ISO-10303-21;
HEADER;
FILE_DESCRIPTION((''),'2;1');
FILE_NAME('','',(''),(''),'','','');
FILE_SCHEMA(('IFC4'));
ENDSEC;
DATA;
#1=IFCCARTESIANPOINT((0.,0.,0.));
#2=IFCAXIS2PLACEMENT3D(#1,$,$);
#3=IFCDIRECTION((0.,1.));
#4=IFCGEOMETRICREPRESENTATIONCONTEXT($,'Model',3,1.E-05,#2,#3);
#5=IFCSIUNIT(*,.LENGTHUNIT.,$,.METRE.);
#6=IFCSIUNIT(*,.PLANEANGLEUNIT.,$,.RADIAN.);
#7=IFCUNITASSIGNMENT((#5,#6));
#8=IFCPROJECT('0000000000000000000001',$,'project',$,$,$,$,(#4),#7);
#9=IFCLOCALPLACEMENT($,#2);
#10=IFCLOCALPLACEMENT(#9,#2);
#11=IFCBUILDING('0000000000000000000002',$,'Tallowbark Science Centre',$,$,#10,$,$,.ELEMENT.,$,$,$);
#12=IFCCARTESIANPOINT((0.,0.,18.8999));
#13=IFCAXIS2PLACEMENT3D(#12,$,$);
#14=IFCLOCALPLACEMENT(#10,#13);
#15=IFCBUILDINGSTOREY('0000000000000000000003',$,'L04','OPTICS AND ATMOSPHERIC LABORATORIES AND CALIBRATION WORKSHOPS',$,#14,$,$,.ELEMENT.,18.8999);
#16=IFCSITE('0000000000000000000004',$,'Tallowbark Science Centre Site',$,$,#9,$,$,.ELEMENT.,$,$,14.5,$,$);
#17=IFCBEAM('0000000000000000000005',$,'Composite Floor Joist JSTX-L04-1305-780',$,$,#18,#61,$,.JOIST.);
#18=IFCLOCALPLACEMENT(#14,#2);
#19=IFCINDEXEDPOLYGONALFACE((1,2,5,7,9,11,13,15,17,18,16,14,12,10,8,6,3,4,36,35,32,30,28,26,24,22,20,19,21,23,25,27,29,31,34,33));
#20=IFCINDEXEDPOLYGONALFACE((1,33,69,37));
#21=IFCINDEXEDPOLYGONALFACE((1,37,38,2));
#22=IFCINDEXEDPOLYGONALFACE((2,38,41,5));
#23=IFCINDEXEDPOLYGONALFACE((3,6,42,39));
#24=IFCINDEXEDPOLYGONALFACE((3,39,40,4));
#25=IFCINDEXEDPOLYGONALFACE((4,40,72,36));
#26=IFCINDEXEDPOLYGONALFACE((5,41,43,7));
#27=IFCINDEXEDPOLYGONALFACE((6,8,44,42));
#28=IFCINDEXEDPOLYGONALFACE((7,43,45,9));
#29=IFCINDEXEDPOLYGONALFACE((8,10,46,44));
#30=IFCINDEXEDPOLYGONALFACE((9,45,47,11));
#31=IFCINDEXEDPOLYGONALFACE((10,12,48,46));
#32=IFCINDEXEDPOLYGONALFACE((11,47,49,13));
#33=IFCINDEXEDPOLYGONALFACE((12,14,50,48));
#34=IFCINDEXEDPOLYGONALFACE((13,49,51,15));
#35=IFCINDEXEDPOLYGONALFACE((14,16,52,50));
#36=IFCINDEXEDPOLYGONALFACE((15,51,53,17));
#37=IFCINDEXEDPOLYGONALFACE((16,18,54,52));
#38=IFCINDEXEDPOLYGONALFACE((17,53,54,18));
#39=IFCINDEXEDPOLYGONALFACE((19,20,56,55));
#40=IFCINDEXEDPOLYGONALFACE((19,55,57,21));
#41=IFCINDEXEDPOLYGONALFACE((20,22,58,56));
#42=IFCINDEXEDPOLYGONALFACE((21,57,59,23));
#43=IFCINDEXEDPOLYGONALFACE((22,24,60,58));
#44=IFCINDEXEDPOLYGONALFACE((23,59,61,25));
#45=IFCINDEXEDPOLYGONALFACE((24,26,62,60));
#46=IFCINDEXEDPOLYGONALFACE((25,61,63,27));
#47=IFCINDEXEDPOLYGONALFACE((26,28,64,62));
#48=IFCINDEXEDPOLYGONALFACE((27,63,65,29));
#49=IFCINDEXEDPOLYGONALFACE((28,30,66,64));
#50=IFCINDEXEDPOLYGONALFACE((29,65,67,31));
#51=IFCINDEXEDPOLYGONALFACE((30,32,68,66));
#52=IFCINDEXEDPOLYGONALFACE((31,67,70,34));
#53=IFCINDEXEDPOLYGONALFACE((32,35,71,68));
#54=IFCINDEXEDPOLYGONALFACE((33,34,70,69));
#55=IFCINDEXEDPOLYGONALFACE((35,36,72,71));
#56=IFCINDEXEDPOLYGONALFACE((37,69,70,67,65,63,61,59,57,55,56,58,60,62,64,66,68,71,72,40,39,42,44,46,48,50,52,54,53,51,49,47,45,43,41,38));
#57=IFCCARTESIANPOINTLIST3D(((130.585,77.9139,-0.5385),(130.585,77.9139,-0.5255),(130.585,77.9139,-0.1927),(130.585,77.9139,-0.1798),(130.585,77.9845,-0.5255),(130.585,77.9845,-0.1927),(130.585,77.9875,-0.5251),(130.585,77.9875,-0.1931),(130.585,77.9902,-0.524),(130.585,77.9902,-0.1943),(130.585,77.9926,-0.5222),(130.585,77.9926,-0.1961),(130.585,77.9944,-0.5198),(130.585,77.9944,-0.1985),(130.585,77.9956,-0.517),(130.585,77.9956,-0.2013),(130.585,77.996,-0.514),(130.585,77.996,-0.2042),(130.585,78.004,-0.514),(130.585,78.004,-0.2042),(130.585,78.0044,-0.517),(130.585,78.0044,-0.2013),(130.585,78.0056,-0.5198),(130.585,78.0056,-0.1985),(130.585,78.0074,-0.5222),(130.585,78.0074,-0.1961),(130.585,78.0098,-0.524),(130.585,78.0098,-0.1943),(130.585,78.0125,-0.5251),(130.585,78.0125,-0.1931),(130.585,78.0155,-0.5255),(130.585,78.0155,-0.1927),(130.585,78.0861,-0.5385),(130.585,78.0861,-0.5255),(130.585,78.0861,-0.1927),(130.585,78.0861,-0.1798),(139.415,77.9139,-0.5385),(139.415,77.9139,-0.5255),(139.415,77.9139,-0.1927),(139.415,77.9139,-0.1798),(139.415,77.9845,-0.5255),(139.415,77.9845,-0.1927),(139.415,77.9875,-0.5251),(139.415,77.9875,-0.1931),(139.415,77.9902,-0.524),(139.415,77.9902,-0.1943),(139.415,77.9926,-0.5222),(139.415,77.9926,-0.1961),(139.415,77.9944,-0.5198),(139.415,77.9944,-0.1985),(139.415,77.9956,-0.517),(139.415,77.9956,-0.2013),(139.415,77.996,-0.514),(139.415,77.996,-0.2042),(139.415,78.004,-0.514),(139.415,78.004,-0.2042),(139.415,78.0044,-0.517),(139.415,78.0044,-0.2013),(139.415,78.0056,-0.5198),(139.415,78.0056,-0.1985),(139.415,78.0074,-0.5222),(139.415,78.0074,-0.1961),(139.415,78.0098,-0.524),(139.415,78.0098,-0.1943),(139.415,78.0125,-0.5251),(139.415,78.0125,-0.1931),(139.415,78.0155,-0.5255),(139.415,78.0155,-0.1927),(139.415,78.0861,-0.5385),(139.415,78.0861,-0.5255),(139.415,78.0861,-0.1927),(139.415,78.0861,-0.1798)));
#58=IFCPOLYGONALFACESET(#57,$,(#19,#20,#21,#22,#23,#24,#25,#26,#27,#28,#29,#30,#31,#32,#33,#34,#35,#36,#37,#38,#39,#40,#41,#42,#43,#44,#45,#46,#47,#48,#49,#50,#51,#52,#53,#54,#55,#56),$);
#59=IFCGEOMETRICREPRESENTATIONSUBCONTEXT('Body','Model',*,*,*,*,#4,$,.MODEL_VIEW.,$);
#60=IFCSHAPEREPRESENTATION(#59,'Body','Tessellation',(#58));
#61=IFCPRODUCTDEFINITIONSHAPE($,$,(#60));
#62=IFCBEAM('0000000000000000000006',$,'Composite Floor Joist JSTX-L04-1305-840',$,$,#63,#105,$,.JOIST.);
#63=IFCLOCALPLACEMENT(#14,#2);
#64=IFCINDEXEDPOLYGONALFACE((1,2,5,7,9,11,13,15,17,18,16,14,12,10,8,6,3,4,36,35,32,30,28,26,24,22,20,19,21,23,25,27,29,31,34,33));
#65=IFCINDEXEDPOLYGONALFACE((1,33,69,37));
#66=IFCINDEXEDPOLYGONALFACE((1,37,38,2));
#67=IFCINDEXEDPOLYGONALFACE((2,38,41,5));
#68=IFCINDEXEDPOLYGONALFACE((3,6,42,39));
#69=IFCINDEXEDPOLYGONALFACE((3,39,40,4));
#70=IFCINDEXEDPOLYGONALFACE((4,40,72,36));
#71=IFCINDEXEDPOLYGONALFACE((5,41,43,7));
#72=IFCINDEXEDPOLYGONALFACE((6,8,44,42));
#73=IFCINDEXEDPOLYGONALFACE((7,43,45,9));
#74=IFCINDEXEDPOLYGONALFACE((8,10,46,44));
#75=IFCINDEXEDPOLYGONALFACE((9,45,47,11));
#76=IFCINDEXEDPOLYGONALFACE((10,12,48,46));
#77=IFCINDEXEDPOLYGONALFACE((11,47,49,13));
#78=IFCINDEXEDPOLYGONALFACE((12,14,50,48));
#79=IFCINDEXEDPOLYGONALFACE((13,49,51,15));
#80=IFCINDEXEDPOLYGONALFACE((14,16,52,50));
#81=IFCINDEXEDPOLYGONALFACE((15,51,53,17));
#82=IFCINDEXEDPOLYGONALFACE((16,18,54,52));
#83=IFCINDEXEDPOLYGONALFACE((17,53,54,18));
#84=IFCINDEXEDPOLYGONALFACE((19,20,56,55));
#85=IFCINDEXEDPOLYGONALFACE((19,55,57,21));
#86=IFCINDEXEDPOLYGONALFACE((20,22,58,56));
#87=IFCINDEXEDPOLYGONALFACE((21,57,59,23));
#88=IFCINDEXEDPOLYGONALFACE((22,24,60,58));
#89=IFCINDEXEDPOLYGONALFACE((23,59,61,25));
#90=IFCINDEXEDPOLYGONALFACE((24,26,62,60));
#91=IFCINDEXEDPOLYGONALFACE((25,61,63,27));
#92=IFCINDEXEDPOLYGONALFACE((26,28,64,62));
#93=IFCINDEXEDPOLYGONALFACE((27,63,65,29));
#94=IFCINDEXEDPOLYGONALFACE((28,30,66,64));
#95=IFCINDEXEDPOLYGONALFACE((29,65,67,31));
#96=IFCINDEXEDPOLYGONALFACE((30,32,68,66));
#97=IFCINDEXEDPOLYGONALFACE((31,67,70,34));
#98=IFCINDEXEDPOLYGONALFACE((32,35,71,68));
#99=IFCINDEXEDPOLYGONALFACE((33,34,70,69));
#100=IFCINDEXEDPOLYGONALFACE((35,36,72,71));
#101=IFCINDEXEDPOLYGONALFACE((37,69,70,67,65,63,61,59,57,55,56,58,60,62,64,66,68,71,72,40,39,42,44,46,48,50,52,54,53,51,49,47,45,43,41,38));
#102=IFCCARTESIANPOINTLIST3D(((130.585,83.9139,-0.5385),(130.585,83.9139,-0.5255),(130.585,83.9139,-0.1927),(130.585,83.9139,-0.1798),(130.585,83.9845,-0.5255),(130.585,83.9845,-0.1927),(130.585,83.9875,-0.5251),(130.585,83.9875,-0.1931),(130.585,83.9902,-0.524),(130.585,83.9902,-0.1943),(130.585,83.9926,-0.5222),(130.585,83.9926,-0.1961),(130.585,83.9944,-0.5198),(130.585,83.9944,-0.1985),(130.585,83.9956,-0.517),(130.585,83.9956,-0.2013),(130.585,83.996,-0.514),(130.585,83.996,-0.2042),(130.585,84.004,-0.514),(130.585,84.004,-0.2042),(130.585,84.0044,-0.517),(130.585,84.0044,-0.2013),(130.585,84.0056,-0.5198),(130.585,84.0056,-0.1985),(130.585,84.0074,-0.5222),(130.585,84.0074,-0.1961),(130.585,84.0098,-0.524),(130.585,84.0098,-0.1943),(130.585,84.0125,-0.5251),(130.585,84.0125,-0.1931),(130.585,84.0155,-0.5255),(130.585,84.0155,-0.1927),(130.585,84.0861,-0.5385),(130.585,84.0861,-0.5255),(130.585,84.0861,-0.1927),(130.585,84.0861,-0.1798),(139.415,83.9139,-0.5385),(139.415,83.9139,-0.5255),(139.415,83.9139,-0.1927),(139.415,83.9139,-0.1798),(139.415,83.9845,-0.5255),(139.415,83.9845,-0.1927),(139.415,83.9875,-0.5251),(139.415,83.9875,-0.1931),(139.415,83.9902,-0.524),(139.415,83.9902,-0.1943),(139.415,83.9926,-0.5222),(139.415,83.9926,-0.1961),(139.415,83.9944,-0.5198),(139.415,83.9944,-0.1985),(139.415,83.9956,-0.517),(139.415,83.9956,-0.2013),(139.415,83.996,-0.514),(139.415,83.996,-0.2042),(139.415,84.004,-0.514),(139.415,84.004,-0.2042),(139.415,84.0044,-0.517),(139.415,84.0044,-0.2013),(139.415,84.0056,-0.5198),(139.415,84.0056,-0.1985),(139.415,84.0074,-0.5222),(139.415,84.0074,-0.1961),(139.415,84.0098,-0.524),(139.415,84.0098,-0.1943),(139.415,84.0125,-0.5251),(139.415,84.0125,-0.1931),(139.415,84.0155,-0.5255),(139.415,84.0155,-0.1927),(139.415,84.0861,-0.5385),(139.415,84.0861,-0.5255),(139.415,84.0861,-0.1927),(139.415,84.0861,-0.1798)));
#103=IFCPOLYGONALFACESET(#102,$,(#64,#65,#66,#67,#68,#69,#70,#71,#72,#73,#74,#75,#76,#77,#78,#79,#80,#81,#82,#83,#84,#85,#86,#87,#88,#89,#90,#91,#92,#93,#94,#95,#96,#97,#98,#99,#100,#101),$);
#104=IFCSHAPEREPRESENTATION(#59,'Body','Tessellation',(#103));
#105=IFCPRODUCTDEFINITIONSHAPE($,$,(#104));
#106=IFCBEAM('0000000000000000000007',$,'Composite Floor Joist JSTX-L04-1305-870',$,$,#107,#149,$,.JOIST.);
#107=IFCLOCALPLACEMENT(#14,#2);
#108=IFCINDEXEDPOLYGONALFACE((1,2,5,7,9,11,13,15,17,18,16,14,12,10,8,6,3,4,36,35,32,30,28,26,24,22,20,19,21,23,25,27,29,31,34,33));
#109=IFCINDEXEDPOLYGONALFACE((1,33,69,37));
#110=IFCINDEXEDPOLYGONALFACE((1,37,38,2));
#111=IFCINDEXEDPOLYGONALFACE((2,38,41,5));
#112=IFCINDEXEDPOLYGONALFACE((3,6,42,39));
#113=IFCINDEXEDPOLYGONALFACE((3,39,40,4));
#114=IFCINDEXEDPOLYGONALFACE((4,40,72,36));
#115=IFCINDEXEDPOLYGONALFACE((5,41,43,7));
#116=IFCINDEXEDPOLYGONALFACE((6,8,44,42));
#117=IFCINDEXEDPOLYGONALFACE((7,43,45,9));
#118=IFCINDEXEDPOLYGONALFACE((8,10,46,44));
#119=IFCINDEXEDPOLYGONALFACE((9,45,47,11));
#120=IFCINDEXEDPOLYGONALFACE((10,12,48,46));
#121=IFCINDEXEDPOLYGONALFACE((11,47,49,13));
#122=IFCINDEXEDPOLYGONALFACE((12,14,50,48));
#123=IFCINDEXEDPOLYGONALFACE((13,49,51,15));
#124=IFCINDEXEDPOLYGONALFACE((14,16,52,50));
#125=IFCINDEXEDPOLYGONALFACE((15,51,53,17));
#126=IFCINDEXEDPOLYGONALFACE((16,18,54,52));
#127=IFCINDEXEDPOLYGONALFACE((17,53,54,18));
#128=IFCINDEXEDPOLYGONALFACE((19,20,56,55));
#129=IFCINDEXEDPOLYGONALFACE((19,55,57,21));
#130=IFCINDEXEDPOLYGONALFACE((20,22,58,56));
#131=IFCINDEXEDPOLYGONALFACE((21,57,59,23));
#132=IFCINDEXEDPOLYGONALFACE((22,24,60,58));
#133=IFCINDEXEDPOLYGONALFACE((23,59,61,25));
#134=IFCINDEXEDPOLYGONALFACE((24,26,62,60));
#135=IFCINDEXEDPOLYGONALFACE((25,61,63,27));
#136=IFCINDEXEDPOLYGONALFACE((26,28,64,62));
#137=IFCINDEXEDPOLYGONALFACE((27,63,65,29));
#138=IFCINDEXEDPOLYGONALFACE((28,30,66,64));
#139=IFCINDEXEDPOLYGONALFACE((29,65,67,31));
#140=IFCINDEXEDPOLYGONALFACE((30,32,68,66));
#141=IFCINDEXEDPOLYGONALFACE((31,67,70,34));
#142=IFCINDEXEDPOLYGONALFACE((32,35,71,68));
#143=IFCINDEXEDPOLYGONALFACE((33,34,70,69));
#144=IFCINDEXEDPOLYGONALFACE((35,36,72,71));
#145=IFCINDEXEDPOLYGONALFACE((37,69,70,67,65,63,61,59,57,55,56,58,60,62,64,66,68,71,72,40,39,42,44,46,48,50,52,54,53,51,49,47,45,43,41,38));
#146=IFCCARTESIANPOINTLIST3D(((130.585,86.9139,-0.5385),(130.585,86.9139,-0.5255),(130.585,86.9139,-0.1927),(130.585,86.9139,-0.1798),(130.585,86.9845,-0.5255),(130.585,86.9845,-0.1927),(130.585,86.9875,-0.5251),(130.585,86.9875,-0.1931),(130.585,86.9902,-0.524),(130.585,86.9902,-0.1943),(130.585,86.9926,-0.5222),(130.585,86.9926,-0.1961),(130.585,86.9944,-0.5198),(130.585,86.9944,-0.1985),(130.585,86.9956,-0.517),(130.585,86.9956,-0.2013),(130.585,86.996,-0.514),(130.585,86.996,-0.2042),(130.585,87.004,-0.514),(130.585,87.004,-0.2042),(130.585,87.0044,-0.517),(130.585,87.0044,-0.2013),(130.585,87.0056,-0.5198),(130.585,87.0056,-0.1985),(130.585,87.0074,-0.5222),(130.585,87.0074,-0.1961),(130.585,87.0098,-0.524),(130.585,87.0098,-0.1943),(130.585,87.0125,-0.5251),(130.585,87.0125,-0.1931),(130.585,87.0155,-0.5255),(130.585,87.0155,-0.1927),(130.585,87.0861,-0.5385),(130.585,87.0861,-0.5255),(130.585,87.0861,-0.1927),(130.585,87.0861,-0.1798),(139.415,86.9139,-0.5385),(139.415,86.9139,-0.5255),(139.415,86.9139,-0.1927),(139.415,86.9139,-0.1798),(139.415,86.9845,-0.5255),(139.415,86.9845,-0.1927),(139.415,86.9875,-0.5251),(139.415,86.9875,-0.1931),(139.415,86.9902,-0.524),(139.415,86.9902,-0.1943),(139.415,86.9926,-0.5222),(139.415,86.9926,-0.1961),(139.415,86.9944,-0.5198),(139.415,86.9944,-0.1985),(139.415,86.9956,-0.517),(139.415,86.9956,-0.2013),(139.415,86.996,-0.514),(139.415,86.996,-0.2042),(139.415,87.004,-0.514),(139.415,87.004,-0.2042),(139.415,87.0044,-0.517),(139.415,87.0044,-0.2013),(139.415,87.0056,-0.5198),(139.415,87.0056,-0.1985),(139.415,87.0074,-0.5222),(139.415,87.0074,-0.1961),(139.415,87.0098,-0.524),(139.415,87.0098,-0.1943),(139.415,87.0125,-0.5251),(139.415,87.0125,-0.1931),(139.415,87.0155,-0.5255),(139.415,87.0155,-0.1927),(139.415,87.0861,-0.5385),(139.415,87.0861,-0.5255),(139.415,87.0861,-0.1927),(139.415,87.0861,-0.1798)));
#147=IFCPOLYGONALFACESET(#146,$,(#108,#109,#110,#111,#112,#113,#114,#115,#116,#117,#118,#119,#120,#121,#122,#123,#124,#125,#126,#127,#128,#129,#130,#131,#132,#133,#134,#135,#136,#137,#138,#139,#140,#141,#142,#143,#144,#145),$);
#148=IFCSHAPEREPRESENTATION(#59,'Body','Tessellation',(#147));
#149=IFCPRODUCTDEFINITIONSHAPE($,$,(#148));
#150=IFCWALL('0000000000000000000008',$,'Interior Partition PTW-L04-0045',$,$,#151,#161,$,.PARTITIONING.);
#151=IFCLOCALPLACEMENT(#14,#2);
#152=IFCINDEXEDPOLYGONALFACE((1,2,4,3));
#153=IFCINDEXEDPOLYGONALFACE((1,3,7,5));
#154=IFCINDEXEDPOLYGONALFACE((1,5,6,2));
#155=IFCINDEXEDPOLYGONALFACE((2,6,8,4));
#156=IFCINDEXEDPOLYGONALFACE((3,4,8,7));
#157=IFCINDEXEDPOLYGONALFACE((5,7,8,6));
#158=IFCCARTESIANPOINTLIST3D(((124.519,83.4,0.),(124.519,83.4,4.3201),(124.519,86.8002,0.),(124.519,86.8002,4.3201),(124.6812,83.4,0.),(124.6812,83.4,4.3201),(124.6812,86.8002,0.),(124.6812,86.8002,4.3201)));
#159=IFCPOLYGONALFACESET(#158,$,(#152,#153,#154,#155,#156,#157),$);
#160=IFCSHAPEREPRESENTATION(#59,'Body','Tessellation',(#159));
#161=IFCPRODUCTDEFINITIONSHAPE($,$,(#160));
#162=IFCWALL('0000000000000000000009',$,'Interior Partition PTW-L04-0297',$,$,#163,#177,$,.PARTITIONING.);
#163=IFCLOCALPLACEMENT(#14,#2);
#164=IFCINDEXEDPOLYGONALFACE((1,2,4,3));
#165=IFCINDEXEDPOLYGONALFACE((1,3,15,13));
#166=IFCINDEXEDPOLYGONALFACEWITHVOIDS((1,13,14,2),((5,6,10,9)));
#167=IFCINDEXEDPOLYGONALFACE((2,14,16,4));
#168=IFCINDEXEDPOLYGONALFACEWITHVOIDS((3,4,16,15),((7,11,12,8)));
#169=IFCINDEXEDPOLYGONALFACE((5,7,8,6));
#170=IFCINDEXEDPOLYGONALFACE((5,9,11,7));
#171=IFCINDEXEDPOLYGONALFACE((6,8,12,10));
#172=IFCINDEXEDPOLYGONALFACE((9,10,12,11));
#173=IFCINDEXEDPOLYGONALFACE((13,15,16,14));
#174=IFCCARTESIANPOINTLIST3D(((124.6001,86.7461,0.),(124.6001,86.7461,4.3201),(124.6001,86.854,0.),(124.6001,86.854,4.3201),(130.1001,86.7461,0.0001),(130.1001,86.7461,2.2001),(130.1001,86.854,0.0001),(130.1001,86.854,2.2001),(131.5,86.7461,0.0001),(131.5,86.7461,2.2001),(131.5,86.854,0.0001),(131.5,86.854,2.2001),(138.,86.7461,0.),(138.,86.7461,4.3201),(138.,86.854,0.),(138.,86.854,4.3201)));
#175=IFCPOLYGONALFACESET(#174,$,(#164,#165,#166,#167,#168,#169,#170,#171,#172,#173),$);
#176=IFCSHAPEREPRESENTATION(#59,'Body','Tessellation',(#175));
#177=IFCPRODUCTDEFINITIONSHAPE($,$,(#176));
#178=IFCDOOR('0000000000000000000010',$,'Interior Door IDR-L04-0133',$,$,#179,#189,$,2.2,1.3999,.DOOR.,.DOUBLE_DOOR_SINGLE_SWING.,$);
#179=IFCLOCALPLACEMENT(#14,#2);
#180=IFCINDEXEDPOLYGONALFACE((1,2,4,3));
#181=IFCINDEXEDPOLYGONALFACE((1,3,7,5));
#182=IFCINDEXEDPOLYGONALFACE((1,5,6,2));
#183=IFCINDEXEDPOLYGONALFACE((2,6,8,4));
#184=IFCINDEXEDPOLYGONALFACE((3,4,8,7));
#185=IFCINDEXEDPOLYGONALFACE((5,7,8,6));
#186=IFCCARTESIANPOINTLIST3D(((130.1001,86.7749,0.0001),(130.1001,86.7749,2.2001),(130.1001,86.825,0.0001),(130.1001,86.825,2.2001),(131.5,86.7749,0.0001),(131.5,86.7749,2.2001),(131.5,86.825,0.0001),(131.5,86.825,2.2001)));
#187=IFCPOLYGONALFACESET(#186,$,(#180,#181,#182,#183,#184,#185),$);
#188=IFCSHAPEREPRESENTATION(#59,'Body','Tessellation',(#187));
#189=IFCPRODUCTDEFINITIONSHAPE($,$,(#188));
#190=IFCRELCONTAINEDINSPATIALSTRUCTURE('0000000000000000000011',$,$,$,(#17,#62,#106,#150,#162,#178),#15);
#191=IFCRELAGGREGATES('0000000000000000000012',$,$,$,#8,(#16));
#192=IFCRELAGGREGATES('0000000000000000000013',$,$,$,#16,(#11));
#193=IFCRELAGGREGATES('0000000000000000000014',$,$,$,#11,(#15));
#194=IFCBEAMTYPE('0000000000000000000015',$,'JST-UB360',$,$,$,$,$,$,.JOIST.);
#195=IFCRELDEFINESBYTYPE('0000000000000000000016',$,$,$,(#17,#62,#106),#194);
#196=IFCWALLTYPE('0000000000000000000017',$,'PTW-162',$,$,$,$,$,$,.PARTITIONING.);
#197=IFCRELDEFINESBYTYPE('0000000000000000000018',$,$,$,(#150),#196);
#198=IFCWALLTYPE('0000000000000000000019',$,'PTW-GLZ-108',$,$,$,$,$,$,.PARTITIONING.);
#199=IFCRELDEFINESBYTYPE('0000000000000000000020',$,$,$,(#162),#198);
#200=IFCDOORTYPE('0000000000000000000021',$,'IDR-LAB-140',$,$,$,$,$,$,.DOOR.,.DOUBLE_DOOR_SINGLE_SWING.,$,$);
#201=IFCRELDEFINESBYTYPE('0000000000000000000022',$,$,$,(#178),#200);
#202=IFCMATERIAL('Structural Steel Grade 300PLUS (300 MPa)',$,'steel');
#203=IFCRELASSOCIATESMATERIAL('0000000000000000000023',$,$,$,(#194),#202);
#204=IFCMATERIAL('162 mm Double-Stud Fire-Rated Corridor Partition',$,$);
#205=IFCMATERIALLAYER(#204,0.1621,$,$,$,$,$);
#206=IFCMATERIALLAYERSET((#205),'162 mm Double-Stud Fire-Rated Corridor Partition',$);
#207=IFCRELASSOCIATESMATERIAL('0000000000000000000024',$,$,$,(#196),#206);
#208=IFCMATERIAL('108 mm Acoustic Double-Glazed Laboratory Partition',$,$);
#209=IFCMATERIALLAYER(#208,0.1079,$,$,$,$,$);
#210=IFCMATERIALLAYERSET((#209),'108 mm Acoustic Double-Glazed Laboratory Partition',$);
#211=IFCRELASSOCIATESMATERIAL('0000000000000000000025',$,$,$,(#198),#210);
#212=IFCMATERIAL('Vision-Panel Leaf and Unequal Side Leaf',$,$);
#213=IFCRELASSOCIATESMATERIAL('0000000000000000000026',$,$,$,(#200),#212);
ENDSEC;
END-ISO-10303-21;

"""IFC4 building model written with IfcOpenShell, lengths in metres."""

from ifc_helpers import new_model, si_unit, direction, frame, frame_2d, origin, origin_2d, place, context, subcontext, project, spatial, rectangle, i_section, extrude, material, layer, layer_set, material_profile, profile_set, type_object, element, fill, save


model = new_model("IFC4")

# Units and contexts
model_context = context("Model", 3, precision=1e-05, world=origin(), true_north=direction((0.0, 1.0)))
body_context = subcontext(model_context, "Body", "Model", "MODEL_VIEW")
ifc_project = project(units=[si_unit("LENGTHUNIT", "METRE"), si_unit("PLANEANGLEUNIT", "RADIAN")], contexts=[model_context])

# Site, building, storey
site_placement = place(None, origin())
site = spatial("IfcSite", under=ifc_project, at=site_placement, Name="Tallowbark Science Centre Site", CompositionType="ELEMENT", RefElevation=14.5)
building_placement = place(site_placement, origin())
building = spatial("IfcBuilding", under=site, at=building_placement, Name="Tallowbark Science Centre", CompositionType="ELEMENT")
storey_placement = place(building_placement, frame((0.0, 0.0, 18.8999)))
storey = spatial("IfcBuildingStorey", under=building, at=storey_placement, Name="L04", Description="OPTICS AND ATMOSPHERIC LABORATORIES AND CALIBRATION WORKSHOPS", CompositionType="ELEMENT", Elevation=18.8999)

# Shared definitions
ifc_material_1 = material(Name="Structural Steel Grade 300PLUS (300 MPa)", Category="steel")

# Beams
ifc_material_profile_1 = material_profile(ifc_material_1, i_section(OverallWidth=0.1721, OverallDepth=0.3586, WebThickness=0.0081, FlangeThickness=0.0129, FilletRadius=0.0115, at=origin_2d()), Name="360UB56.7")
ifc_profile_set_1 = profile_set([ifc_material_profile_1], Name="Structural Steel Grade 300PLUS (300 MPa)")
beam_type_1 = type_object("IfcBeamType", Name="JST-UB360", PredefinedType="JOIST", material=ifc_profile_set_1)
for number, where, z_axis, x_axis, name in (
    (1, (130.585, 78.0, -0.3591), (1.0, 0.0, 0.0), (0.0, 1.0, 0.0), "Composite Floor Joist JSTX-L04-1305-780"),
    (2, (130.585, 84.0, -0.3591), (1.0, 0.0, 0.0), (0.0, 1.0, 0.0), "Composite Floor Joist JSTX-L04-1305-840"),
    (3, (130.585, 87.0, -0.3591), (1.0, 0.0, 0.0), (0.0, 1.0, 0.0), "Composite Floor Joist JSTX-L04-1305-870"),
):
    element("IfcBeam", number, at=place(storey_placement, frame(where, z_axis=z_axis, x_axis=x_axis)), inside=storey, type_object=beam_type_1, Name=name, PredefinedType="JOIST", context=body_context, shape_type="SweptSolid", body=[
        extrude(i_section(OverallWidth=0.1721, OverallDepth=0.3586, WebThickness=0.0081, FlangeThickness=0.0129, FilletRadius=0.0115, at=origin_2d()), origin(), (0.0, 0.0, 1.0), 8.8301),
    ])

# Wall
ifc_material_2 = material(Name="162 mm Double-Stud Fire-Rated Corridor Partition")
ifc_layer_1 = layer(ifc_material_2, 0.1621)
ifc_layer_set_1 = layer_set([ifc_layer_1], Name="162 mm Double-Stud Fire-Rated Corridor Partition")
wall_type_1 = type_object("IfcWallType", Name="PTW-162", PredefinedType="PARTITIONING", material=ifc_layer_set_1)
wall_1_placement = place(storey_placement, frame((124.6001, 83.3999, 0.0), z_axis=(0.0, 0.0, 1.0), x_axis=(0.0, 1.0, 0.0)))
element("IfcWall", 4, at=wall_1_placement, inside=storey, type_object=wall_type_1, Name="Interior Partition PTW-L04-0045", PredefinedType="PARTITIONING", context=body_context, shape_type="SweptSolid", body=[
    extrude(rectangle(XDim=3.4001, YDim=0.1621, at=frame_2d((1.7002, 0.0))), origin(), (0.0, 0.0, 1.0), 4.3201),
])

# Wall, opening, door
ifc_material_3 = material(Name="108 mm Acoustic Double-Glazed Laboratory Partition")
ifc_layer_2 = layer(ifc_material_3, 0.1079)
ifc_layer_set_2 = layer_set([ifc_layer_2], Name="108 mm Acoustic Double-Glazed Laboratory Partition")
wall_type_2 = type_object("IfcWallType", Name="PTW-GLZ-108", PredefinedType="PARTITIONING", material=ifc_layer_set_2)
wall_2_placement = place(storey_placement, frame((124.6001, 86.8, 0.0), z_axis=(0.0, 0.0, 1.0), x_axis=(1.0, 0.0, 0.0)))
wall_2 = element("IfcWall", 5, at=wall_2_placement, inside=storey, type_object=wall_type_2, Name="Interior Partition PTW-L04-0297", PredefinedType="PARTITIONING", context=body_context, shape_type="SweptSolid", body=[
    extrude(rectangle(XDim=13.3999, YDim=0.1079, at=frame_2d((6.7, 0.0))), origin(), (0.0, 0.0, 1.0), 4.3201),
])
opening_placement = place(wall_2_placement, frame((5.5, 0.0, 0.0)))
opening = element("IfcOpeningElement", 6, at=opening_placement, cuts=wall_2, PredefinedType="OPENING", context=body_context, shape_type="SweptSolid", body=[
    extrude(rectangle(XDim=1.3999, YDim=2.2, at=frame_2d((0.7, 1.1001))), frame((0.0, 0.064, 0.0), z_axis=(0.0, -1.0, 0.0), x_axis=(1.0, 0.0, 0.0)), (0.0, 0.0, 1.0), 0.1279),
])
ifc_material_4 = material(Name="Vision-Panel Leaf and Unequal Side Leaf")
door_type = type_object("IfcDoorType", Name="IDR-LAB-140", OperationType="DOUBLE_DOOR_SINGLE_SWING", PredefinedType="DOOR", material=ifc_material_4)
door_placement = place(opening_placement, origin())
door = element("IfcDoor", 7, at=door_placement, inside=storey, type_object=door_type, Name="Interior Door IDR-L04-0133", OperationType="DOUBLE_DOOR_SINGLE_SWING", OverallHeight=2.2, OverallWidth=1.3999, PredefinedType="DOOR", context=body_context, shape_type="SweptSolid", body=[
    extrude(rectangle(XDim=1.3999, YDim=2.2, at=frame_2d((0.7, 1.1001))), frame((0.0, 0.0249, 0.0), z_axis=(0.0, -1.0, 0.0), x_axis=(1.0, 0.0, 0.0)), (0.0, 0.0, 1.0), 0.05),
])
fill(opening, door)

save(model, "model.ifc")
